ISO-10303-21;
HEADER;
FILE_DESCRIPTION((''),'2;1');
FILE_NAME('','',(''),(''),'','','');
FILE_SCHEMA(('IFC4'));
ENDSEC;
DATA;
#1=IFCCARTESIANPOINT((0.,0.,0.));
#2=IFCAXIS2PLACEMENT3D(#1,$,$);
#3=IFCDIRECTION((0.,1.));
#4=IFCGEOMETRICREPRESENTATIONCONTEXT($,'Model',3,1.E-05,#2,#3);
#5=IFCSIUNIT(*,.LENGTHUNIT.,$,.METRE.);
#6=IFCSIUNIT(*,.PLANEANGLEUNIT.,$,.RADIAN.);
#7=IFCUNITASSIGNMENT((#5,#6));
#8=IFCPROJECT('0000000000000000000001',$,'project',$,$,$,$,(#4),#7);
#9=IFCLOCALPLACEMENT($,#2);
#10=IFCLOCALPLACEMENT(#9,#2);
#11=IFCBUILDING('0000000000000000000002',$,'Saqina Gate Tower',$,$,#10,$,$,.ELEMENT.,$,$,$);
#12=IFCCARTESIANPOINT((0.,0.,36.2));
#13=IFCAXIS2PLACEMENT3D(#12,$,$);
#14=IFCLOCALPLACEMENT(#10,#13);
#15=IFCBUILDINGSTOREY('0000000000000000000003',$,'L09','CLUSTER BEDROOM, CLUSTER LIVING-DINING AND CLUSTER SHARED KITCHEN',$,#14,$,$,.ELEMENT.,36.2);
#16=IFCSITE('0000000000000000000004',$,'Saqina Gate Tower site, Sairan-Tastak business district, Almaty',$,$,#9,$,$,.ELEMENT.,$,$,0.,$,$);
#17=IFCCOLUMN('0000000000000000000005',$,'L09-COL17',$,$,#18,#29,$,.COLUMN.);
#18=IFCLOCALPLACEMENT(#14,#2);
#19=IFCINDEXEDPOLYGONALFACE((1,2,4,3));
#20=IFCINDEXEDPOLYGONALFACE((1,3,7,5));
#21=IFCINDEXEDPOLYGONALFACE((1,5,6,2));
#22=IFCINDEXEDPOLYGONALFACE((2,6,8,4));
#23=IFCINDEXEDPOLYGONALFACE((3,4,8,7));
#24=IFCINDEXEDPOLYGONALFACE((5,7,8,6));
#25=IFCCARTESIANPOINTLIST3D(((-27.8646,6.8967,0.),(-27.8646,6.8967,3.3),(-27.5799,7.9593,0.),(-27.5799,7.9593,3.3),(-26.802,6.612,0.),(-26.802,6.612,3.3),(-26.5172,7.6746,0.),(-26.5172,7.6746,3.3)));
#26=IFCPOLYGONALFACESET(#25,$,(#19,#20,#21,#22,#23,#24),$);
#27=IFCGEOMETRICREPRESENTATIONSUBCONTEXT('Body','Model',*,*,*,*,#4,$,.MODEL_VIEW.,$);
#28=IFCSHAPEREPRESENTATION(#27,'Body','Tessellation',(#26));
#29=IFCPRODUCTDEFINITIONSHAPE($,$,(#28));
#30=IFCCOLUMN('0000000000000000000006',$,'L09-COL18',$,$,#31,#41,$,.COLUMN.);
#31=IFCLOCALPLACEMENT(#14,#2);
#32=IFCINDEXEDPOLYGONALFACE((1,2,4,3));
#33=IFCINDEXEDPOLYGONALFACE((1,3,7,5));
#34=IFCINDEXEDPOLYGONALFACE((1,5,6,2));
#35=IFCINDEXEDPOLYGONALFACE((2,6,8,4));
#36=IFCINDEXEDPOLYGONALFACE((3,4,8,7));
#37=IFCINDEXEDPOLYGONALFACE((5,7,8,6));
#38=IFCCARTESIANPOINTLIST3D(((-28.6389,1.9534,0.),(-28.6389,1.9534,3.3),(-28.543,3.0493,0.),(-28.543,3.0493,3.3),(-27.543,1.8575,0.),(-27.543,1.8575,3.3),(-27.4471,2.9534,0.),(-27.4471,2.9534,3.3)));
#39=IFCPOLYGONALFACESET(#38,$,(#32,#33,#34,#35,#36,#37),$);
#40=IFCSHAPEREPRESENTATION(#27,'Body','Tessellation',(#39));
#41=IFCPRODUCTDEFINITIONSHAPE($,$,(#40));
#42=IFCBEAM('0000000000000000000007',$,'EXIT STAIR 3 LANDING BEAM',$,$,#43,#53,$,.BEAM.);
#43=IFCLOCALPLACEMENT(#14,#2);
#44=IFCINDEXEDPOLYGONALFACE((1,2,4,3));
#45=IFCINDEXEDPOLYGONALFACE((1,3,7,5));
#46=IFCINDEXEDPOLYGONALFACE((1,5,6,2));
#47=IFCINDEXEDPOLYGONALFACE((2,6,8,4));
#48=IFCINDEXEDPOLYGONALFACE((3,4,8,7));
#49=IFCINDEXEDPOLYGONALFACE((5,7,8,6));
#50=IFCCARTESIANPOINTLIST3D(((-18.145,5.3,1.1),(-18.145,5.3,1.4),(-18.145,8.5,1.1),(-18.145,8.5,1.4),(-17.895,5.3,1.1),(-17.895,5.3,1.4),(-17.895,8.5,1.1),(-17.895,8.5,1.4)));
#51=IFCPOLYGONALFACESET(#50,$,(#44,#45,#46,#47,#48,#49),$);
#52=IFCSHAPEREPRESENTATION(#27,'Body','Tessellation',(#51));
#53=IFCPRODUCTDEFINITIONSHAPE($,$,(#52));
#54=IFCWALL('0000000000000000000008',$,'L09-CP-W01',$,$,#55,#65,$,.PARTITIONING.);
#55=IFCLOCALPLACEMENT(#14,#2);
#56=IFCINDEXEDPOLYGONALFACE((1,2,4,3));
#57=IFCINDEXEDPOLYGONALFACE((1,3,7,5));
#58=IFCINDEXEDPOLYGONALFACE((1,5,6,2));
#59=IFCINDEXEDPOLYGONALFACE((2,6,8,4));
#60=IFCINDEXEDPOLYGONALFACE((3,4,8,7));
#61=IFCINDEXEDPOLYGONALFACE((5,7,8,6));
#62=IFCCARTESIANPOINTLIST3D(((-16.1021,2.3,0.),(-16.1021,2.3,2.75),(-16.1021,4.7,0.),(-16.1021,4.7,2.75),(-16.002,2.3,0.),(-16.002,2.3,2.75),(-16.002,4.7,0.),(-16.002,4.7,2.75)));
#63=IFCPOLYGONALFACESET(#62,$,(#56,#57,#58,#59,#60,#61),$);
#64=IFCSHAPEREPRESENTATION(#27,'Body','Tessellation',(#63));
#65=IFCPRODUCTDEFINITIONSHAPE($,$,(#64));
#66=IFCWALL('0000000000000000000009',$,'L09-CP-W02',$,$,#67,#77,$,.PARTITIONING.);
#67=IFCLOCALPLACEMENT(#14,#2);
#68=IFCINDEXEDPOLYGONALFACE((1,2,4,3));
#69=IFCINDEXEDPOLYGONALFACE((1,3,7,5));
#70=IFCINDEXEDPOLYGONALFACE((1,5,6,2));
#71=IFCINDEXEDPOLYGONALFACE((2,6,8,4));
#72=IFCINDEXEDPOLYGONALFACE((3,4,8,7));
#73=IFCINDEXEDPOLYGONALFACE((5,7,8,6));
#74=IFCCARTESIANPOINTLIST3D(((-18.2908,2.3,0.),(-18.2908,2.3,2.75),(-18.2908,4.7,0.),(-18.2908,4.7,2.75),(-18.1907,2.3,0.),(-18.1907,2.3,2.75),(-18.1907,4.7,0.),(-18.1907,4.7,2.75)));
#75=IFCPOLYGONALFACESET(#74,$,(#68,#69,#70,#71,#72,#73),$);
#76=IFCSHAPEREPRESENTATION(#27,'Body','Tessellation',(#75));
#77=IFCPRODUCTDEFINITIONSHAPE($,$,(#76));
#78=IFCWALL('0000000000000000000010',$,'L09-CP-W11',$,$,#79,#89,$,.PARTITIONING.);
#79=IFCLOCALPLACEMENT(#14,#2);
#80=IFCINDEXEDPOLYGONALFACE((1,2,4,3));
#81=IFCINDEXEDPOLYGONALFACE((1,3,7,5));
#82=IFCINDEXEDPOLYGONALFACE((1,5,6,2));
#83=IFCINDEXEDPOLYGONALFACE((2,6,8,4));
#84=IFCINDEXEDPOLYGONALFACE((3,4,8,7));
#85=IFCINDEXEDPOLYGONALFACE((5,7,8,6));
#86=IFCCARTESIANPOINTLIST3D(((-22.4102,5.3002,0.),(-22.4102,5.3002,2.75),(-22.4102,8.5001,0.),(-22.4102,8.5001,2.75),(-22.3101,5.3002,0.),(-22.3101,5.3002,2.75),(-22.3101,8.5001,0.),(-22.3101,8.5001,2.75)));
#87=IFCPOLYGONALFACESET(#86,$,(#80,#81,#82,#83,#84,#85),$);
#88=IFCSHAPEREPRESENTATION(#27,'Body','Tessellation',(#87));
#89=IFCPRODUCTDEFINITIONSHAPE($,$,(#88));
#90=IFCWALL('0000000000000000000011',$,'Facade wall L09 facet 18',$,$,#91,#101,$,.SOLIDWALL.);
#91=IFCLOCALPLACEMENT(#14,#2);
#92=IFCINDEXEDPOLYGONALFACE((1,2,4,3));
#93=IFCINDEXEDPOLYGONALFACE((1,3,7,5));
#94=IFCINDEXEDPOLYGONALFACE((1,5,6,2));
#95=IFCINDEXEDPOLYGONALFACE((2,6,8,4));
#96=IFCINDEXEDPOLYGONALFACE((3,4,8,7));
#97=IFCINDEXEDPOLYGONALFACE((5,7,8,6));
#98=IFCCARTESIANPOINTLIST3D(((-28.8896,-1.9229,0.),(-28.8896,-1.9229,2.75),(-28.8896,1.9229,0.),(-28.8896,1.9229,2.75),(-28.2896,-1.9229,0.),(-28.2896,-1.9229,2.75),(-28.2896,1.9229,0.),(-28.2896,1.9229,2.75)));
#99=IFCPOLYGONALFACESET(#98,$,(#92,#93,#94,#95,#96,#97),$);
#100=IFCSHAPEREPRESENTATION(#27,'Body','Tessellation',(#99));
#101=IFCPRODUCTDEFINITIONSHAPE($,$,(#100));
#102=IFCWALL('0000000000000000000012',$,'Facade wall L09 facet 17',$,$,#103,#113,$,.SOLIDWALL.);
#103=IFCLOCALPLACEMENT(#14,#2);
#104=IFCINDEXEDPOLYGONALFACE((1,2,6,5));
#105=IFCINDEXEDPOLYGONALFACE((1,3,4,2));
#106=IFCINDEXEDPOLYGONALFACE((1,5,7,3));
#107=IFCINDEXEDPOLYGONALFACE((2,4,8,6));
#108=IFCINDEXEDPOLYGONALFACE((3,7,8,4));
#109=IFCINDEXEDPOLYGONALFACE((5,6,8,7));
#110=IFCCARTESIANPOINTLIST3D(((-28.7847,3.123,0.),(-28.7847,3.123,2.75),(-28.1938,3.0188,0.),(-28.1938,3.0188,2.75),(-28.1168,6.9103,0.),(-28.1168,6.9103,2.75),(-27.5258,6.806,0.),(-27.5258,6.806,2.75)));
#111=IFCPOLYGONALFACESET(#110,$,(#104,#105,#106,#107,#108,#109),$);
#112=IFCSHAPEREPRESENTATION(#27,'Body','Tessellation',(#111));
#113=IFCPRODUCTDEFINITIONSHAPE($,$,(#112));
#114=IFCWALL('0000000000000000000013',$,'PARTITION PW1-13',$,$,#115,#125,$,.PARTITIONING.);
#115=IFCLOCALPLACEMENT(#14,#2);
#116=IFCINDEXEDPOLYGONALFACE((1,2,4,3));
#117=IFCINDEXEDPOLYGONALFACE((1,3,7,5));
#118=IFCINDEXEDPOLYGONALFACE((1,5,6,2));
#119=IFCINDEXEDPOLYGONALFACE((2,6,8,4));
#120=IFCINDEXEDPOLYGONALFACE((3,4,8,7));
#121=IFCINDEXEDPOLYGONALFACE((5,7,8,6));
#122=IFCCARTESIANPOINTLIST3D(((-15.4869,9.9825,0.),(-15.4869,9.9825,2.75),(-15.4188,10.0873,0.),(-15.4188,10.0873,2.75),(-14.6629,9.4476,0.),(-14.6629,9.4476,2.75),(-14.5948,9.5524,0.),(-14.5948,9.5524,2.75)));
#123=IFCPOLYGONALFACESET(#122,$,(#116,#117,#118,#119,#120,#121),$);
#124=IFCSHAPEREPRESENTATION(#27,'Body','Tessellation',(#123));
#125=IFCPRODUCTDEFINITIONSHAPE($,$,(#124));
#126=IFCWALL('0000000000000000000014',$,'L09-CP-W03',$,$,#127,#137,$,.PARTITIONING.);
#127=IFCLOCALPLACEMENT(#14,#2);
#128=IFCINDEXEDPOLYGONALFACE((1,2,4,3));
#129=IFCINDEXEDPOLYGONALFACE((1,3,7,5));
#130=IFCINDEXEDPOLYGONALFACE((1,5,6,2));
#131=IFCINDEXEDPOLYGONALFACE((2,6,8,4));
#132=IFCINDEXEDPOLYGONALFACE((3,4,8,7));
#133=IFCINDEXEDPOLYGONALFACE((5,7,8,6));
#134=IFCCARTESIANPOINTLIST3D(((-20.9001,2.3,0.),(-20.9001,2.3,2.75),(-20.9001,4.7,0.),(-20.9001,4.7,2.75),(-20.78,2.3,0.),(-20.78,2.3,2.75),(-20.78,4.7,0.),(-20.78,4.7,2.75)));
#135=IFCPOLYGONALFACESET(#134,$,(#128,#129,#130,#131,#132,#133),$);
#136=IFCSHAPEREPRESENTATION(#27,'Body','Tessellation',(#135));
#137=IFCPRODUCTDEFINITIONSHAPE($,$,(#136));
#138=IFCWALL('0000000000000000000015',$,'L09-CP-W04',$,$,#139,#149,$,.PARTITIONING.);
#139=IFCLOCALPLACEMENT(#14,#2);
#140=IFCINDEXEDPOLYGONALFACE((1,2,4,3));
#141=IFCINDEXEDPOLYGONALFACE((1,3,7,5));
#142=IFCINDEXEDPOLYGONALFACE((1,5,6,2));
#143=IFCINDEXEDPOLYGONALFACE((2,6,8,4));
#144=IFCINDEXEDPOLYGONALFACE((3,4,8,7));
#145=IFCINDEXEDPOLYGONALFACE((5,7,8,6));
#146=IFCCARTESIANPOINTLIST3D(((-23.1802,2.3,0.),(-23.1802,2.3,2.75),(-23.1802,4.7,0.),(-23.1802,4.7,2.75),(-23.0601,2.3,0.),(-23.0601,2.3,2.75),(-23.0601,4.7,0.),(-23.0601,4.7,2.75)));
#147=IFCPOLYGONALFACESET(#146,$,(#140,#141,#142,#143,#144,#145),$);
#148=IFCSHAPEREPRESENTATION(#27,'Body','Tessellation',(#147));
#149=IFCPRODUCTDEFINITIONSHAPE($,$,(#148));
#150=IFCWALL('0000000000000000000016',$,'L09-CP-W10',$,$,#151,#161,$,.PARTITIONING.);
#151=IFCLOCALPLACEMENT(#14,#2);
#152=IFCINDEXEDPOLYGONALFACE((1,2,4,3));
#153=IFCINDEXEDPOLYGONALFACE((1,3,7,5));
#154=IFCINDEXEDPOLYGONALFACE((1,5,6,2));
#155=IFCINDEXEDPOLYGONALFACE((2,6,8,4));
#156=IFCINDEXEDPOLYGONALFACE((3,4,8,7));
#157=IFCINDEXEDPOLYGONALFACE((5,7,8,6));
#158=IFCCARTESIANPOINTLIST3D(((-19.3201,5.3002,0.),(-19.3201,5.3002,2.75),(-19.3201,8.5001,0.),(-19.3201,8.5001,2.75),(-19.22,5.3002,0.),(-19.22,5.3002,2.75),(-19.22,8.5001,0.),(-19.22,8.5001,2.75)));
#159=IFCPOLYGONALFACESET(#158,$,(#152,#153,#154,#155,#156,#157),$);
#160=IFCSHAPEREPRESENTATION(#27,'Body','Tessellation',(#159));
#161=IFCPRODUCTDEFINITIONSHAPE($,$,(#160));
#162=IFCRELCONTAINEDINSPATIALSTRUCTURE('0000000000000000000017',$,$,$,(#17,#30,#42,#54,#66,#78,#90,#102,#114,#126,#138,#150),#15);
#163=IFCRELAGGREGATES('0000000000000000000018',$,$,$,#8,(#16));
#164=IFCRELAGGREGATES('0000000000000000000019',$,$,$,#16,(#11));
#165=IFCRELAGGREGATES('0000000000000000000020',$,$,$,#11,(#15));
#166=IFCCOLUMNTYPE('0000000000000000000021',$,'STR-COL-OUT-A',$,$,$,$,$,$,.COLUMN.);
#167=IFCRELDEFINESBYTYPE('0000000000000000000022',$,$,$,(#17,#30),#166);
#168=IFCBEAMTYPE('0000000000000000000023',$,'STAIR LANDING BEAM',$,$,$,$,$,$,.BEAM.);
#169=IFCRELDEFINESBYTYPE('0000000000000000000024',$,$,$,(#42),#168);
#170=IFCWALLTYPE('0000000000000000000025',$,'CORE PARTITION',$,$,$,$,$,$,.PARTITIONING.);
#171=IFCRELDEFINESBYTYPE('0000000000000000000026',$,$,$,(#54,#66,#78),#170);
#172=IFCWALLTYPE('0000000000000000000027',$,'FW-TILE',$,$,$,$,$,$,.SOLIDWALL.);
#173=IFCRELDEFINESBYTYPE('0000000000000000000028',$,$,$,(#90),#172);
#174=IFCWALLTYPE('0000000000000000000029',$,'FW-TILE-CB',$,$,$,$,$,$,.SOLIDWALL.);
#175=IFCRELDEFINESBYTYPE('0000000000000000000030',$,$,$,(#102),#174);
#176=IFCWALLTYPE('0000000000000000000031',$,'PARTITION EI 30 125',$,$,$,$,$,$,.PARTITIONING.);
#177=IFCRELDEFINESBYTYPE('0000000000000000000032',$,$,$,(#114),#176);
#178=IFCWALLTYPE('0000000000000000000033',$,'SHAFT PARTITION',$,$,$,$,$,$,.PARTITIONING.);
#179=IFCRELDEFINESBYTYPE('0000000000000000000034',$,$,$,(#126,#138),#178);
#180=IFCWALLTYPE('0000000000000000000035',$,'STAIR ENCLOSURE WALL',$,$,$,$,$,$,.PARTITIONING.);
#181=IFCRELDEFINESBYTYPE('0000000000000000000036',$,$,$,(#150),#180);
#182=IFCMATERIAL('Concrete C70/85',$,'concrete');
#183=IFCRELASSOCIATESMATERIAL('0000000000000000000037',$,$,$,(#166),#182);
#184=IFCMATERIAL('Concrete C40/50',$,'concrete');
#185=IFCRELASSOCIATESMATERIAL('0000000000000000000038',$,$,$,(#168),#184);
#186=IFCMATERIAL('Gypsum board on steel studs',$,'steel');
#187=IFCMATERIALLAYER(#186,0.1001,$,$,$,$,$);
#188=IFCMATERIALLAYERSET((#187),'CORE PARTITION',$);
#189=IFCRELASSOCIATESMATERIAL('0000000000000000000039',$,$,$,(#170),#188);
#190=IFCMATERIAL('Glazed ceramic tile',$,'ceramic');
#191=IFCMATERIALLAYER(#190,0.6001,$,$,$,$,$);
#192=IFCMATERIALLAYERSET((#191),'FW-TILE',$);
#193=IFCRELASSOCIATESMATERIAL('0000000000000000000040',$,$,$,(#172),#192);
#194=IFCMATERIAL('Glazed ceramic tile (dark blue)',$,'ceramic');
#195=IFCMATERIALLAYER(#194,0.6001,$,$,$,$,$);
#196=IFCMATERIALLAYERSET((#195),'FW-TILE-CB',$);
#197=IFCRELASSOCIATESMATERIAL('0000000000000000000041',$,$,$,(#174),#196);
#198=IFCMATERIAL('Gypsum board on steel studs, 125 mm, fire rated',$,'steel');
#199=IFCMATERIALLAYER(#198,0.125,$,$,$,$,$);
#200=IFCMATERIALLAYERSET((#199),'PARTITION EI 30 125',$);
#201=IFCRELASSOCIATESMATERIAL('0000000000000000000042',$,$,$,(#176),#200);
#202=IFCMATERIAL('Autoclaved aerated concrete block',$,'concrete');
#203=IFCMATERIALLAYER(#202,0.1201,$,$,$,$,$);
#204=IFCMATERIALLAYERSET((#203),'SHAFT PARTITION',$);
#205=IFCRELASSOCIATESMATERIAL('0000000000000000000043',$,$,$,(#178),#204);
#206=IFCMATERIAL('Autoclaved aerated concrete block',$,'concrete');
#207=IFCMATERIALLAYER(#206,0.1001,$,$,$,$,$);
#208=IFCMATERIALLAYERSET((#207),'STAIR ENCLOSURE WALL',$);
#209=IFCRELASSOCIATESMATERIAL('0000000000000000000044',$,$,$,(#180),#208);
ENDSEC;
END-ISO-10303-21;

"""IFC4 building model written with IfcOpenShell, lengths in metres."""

from ifc_helpers import new_model, si_unit, direction, frame, frame_2d, origin, origin_2d, place, context, subcontext, project, spatial, rectangle, extrude, material, layer, layer_set, material_profile, profile_set, type_object, element, save


model = new_model("IFC4")

# Units and contexts
model_context = context("Model", 3, precision=1e-05, world=origin(), true_north=direction((0.0, 1.0)))
body_context = subcontext(model_context, "Body", "Model", "MODEL_VIEW")
ifc_project = project(units=[si_unit("LENGTHUNIT", "METRE"), si_unit("PLANEANGLEUNIT", "RADIAN")], contexts=[model_context])

# Site, building, storey
site_placement = place(None, origin())
site = spatial("IfcSite", under=ifc_project, at=site_placement, Name="Saqina Gate Tower site, Sairan-Tastak business district, Almaty", CompositionType="ELEMENT", RefElevation=0.0)
building_placement = place(site_placement, origin())
building = spatial("IfcBuilding", under=site, at=building_placement, Name="Saqina Gate Tower", CompositionType="ELEMENT")
storey_placement = place(building_placement, frame((0.0, 0.0, 36.2)))
storey = spatial("IfcBuildingStorey", under=building, at=storey_placement, Name="L09", Description="CLUSTER BEDROOM, CLUSTER LIVING-DINING AND CLUSTER SHARED KITCHEN", CompositionType="ELEMENT", Elevation=36.2)

# Columns
ifc_material_1 = material(Name="Concrete C70/85", Category="concrete")
ifc_material_profile_1 = material_profile(ifc_material_1, rectangle(XDim=1.1001, YDim=1.1001, at=origin_2d()), Name="RC 1100x1100")
ifc_profile_set_1 = profile_set([ifc_material_profile_1], Name="Concrete C70/85")
column_type = type_object("IfcColumnType", Name="STR-COL-OUT-A", PredefinedType="COLUMN", material=ifc_profile_set_1)
for number, where, z_axis, x_axis, name in (
    (1, (-27.1909, 7.2856, 0.0), (0.0, 0.0, 1.0), (-0.965926, 0.258819, 0.0), "L09-COL17"),
    (2, (-28.043, 2.4534, 0.0), (0.0, 0.0, 1.0), (-0.996195, 0.087156, 0.0), "L09-COL18"),
):
    element("IfcColumn", number, at=place(storey_placement, frame(where, z_axis=z_axis, x_axis=x_axis)), inside=storey, type_object=column_type, Name=name, PredefinedType="COLUMN", context=body_context, shape_type="SweptSolid", body=[
        extrude(rectangle(XDim=1.1001, YDim=1.1001, at=origin_2d()), origin(), (0.0, 0.0, 1.0), 3.3),
    ])

# Beam
ifc_material_2 = material(Name="Concrete C40/50", Category="concrete")
ifc_material_profile_2 = material_profile(ifc_material_2, rectangle(XDim=0.25, YDim=0.3, at=origin_2d()), Name="STAIR LANDING BEAM")
ifc_profile_set_2 = profile_set([ifc_material_profile_2], Name="Concrete C40/50")
beam_type = type_object("IfcBeamType", Name="STAIR LANDING BEAM", PredefinedType="BEAM", material=ifc_profile_set_2)
beam_placement = place(storey_placement, frame((-18.02, 5.3, 1.25), z_axis=(0.0, 1.0, 0.0), x_axis=(-1.0, 0.0, 0.0)))
element("IfcBeam", 3, at=beam_placement, inside=storey, type_object=beam_type, Name="EXIT STAIR 3 LANDING BEAM", PredefinedType="BEAM", context=body_context, shape_type="SweptSolid", body=[
    extrude(rectangle(XDim=0.25, YDim=0.3, at=origin_2d()), origin(), (0.0, 0.0, 1.0), 3.2),
])

# Walls
ifc_material_3 = material(Name="Gypsum board on steel studs", Category="steel")
ifc_layer_1 = layer(ifc_material_3, 0.1001)
ifc_layer_set_1 = layer_set([ifc_layer_1], Name="CORE PARTITION")
wall_type_1 = type_object("IfcWallType", Name="CORE PARTITION", PredefinedType="PARTITIONING", material=ifc_layer_set_1)
for number, where, z_axis, x_axis, name in (
    (4, (-16.052, 2.3, 0.0), (0.0, 0.0, 1.0), (0.0, 1.0, 0.0), "L09-CP-W01"),
    (5, (-18.2407, 2.3, 0.0), (0.0, 0.0, 1.0), (0.0, 1.0, 0.0), "L09-CP-W02"),
):
    element("IfcWall", number, at=place(storey_placement, frame(where, z_axis=z_axis, x_axis=x_axis)), inside=storey, type_object=wall_type_1, Name=name, PredefinedType="PARTITIONING", context=body_context, shape_type="SweptSolid", body=[
        extrude(rectangle(XDim=2.3999, YDim=0.1001, at=frame_2d((1.2, 0.0))), origin(), (0.0, 0.0, 1.0), 2.75),
    ])
wall_1_placement = place(storey_placement, frame((-22.3601, 5.3, 0.0), z_axis=(0.0, 0.0, 1.0), x_axis=(0.0, 1.0, 0.0)))
element("IfcWall", 6, at=wall_1_placement, inside=storey, type_object=wall_type_1, Name="L09-CP-W11", PredefinedType="PARTITIONING", context=body_context, shape_type="SweptSolid", body=[
    extrude(rectangle(XDim=3.2, YDim=0.1001, at=frame_2d((1.6001, 0.0))), origin(), (0.0, 0.0, 1.0), 2.75),
])
ifc_material_4 = material(Name="Glazed ceramic tile", Category="ceramic")
ifc_layer_2 = layer(ifc_material_4, 0.6001)
ifc_layer_set_2 = layer_set([ifc_layer_2], Name="FW-TILE")
wall_type_2 = type_object("IfcWallType", Name="FW-TILE", PredefinedType="SOLIDWALL", material=ifc_layer_set_2)
wall_2_placement = place(storey_placement, frame((-28.5896, 1.9229, 0.0), z_axis=(0.0, 0.0, 1.0), x_axis=(0.0, -1.0, 0.0)))
element("IfcWall", 7, at=wall_2_placement, inside=storey, type_object=wall_type_2, Name="Facade wall L09 facet 18", PredefinedType="SOLIDWALL", context=body_context, shape_type="SweptSolid", body=[
    extrude(rectangle(XDim=3.8457, YDim=0.6001, at=frame_2d((1.9229, 0.0))), origin(), (0.0, 0.0, 1.0), 2.75),
])
ifc_material_5 = material(Name="Glazed ceramic tile (dark blue)", Category="ceramic")
ifc_layer_3 = layer(ifc_material_5, 0.6001)
ifc_layer_set_3 = layer_set([ifc_layer_3], Name="FW-TILE-CB")
wall_type_3 = type_object("IfcWallType", Name="FW-TILE-CB", PredefinedType="SOLIDWALL", material=ifc_layer_set_3)
wall_3_placement = place(storey_placement, frame((-27.8213, 6.8582, 0.0), z_axis=(0.0, 0.0, 1.0), x_axis=(-0.173688, -0.984801, 0.0)))
element("IfcWall", 8, at=wall_3_placement, inside=storey, type_object=wall_type_3, Name="Facade wall L09 facet 17", PredefinedType="SOLIDWALL", context=body_context, shape_type="SweptSolid", body=[
    extrude(rectangle(XDim=3.8457, YDim=0.6001, at=frame_2d((1.9229, 0.0))), origin(), (0.0, 0.0, 1.0), 2.75),
])
ifc_material_6 = material(Name="Gypsum board on steel studs, 125 mm, fire rated", Category="steel")
ifc_layer_4 = layer(ifc_material_6, 0.125)
ifc_layer_set_4 = layer_set([ifc_layer_4], Name="PARTITION EI 30 125")
wall_type_4 = type_object("IfcWallType", Name="PARTITION EI 30 125", PredefinedType="PARTITIONING", material=ifc_layer_set_4)
wall_4_placement = place(storey_placement, frame((-15.4529, 10.0349, 0.0), z_axis=(0.0, 0.0, 1.0), x_axis=(0.838756, -0.544508, 0.0)))
element("IfcWall", 9, at=wall_4_placement, inside=storey, type_object=wall_type_4, Name="PARTITION PW1-13", PredefinedType="PARTITIONING", context=body_context, shape_type="SweptSolid", body=[
    extrude(rectangle(XDim=0.9824, YDim=0.125, at=frame_2d((0.4912, 0.0))), origin(), (0.0, 0.0, 1.0), 2.75),
])
ifc_material_7 = material(Name="Autoclaved aerated concrete block", Category="concrete")
ifc_layer_5 = layer(ifc_material_7, 0.1201)
ifc_layer_set_5 = layer_set([ifc_layer_5], Name="SHAFT PARTITION")
wall_type_5 = type_object("IfcWallType", Name="SHAFT PARTITION", PredefinedType="PARTITIONING", material=ifc_layer_set_5)
for number, where, z_axis, x_axis, name in (
    (10, (-20.8401, 2.3, 0.0), (0.0, 0.0, 1.0), (0.0, 1.0, 0.0), "L09-CP-W03"),
    (11, (-23.1201, 2.3, 0.0), (0.0, 0.0, 1.0), (0.0, 1.0, 0.0), "L09-CP-W04"),
):
    element("IfcWall", number, at=place(storey_placement, frame(where, z_axis=z_axis, x_axis=x_axis)), inside=storey, type_object=wall_type_5, Name=name, PredefinedType="PARTITIONING", context=body_context, shape_type="SweptSolid", body=[
        extrude(rectangle(XDim=2.3999, YDim=0.1201, at=frame_2d((1.2, 0.0))), origin(), (0.0, 0.0, 1.0), 2.75),
    ])
ifc_material_8 = material(Name="Autoclaved aerated concrete block", Category="concrete")
ifc_layer_6 = layer(ifc_material_8, 0.1001)
ifc_layer_set_6 = layer_set([ifc_layer_6], Name="STAIR ENCLOSURE WALL")
wall_type_6 = type_object("IfcWallType", Name="STAIR ENCLOSURE WALL", PredefinedType="PARTITIONING", material=ifc_layer_set_6)
wall_5_placement = place(storey_placement, frame((-19.27, 5.3, 0.0), z_axis=(0.0, 0.0, 1.0), x_axis=(0.0, 1.0, 0.0)))
element("IfcWall", 12, at=wall_5_placement, inside=storey, type_object=wall_type_6, Name="L09-CP-W10", PredefinedType="PARTITIONING", context=body_context, shape_type="SweptSolid", body=[
    extrude(rectangle(XDim=3.2, YDim=0.1001, at=frame_2d((1.6001, 0.0))), origin(), (0.0, 0.0, 1.0), 2.75),
])

save(model, "model.ifc")
